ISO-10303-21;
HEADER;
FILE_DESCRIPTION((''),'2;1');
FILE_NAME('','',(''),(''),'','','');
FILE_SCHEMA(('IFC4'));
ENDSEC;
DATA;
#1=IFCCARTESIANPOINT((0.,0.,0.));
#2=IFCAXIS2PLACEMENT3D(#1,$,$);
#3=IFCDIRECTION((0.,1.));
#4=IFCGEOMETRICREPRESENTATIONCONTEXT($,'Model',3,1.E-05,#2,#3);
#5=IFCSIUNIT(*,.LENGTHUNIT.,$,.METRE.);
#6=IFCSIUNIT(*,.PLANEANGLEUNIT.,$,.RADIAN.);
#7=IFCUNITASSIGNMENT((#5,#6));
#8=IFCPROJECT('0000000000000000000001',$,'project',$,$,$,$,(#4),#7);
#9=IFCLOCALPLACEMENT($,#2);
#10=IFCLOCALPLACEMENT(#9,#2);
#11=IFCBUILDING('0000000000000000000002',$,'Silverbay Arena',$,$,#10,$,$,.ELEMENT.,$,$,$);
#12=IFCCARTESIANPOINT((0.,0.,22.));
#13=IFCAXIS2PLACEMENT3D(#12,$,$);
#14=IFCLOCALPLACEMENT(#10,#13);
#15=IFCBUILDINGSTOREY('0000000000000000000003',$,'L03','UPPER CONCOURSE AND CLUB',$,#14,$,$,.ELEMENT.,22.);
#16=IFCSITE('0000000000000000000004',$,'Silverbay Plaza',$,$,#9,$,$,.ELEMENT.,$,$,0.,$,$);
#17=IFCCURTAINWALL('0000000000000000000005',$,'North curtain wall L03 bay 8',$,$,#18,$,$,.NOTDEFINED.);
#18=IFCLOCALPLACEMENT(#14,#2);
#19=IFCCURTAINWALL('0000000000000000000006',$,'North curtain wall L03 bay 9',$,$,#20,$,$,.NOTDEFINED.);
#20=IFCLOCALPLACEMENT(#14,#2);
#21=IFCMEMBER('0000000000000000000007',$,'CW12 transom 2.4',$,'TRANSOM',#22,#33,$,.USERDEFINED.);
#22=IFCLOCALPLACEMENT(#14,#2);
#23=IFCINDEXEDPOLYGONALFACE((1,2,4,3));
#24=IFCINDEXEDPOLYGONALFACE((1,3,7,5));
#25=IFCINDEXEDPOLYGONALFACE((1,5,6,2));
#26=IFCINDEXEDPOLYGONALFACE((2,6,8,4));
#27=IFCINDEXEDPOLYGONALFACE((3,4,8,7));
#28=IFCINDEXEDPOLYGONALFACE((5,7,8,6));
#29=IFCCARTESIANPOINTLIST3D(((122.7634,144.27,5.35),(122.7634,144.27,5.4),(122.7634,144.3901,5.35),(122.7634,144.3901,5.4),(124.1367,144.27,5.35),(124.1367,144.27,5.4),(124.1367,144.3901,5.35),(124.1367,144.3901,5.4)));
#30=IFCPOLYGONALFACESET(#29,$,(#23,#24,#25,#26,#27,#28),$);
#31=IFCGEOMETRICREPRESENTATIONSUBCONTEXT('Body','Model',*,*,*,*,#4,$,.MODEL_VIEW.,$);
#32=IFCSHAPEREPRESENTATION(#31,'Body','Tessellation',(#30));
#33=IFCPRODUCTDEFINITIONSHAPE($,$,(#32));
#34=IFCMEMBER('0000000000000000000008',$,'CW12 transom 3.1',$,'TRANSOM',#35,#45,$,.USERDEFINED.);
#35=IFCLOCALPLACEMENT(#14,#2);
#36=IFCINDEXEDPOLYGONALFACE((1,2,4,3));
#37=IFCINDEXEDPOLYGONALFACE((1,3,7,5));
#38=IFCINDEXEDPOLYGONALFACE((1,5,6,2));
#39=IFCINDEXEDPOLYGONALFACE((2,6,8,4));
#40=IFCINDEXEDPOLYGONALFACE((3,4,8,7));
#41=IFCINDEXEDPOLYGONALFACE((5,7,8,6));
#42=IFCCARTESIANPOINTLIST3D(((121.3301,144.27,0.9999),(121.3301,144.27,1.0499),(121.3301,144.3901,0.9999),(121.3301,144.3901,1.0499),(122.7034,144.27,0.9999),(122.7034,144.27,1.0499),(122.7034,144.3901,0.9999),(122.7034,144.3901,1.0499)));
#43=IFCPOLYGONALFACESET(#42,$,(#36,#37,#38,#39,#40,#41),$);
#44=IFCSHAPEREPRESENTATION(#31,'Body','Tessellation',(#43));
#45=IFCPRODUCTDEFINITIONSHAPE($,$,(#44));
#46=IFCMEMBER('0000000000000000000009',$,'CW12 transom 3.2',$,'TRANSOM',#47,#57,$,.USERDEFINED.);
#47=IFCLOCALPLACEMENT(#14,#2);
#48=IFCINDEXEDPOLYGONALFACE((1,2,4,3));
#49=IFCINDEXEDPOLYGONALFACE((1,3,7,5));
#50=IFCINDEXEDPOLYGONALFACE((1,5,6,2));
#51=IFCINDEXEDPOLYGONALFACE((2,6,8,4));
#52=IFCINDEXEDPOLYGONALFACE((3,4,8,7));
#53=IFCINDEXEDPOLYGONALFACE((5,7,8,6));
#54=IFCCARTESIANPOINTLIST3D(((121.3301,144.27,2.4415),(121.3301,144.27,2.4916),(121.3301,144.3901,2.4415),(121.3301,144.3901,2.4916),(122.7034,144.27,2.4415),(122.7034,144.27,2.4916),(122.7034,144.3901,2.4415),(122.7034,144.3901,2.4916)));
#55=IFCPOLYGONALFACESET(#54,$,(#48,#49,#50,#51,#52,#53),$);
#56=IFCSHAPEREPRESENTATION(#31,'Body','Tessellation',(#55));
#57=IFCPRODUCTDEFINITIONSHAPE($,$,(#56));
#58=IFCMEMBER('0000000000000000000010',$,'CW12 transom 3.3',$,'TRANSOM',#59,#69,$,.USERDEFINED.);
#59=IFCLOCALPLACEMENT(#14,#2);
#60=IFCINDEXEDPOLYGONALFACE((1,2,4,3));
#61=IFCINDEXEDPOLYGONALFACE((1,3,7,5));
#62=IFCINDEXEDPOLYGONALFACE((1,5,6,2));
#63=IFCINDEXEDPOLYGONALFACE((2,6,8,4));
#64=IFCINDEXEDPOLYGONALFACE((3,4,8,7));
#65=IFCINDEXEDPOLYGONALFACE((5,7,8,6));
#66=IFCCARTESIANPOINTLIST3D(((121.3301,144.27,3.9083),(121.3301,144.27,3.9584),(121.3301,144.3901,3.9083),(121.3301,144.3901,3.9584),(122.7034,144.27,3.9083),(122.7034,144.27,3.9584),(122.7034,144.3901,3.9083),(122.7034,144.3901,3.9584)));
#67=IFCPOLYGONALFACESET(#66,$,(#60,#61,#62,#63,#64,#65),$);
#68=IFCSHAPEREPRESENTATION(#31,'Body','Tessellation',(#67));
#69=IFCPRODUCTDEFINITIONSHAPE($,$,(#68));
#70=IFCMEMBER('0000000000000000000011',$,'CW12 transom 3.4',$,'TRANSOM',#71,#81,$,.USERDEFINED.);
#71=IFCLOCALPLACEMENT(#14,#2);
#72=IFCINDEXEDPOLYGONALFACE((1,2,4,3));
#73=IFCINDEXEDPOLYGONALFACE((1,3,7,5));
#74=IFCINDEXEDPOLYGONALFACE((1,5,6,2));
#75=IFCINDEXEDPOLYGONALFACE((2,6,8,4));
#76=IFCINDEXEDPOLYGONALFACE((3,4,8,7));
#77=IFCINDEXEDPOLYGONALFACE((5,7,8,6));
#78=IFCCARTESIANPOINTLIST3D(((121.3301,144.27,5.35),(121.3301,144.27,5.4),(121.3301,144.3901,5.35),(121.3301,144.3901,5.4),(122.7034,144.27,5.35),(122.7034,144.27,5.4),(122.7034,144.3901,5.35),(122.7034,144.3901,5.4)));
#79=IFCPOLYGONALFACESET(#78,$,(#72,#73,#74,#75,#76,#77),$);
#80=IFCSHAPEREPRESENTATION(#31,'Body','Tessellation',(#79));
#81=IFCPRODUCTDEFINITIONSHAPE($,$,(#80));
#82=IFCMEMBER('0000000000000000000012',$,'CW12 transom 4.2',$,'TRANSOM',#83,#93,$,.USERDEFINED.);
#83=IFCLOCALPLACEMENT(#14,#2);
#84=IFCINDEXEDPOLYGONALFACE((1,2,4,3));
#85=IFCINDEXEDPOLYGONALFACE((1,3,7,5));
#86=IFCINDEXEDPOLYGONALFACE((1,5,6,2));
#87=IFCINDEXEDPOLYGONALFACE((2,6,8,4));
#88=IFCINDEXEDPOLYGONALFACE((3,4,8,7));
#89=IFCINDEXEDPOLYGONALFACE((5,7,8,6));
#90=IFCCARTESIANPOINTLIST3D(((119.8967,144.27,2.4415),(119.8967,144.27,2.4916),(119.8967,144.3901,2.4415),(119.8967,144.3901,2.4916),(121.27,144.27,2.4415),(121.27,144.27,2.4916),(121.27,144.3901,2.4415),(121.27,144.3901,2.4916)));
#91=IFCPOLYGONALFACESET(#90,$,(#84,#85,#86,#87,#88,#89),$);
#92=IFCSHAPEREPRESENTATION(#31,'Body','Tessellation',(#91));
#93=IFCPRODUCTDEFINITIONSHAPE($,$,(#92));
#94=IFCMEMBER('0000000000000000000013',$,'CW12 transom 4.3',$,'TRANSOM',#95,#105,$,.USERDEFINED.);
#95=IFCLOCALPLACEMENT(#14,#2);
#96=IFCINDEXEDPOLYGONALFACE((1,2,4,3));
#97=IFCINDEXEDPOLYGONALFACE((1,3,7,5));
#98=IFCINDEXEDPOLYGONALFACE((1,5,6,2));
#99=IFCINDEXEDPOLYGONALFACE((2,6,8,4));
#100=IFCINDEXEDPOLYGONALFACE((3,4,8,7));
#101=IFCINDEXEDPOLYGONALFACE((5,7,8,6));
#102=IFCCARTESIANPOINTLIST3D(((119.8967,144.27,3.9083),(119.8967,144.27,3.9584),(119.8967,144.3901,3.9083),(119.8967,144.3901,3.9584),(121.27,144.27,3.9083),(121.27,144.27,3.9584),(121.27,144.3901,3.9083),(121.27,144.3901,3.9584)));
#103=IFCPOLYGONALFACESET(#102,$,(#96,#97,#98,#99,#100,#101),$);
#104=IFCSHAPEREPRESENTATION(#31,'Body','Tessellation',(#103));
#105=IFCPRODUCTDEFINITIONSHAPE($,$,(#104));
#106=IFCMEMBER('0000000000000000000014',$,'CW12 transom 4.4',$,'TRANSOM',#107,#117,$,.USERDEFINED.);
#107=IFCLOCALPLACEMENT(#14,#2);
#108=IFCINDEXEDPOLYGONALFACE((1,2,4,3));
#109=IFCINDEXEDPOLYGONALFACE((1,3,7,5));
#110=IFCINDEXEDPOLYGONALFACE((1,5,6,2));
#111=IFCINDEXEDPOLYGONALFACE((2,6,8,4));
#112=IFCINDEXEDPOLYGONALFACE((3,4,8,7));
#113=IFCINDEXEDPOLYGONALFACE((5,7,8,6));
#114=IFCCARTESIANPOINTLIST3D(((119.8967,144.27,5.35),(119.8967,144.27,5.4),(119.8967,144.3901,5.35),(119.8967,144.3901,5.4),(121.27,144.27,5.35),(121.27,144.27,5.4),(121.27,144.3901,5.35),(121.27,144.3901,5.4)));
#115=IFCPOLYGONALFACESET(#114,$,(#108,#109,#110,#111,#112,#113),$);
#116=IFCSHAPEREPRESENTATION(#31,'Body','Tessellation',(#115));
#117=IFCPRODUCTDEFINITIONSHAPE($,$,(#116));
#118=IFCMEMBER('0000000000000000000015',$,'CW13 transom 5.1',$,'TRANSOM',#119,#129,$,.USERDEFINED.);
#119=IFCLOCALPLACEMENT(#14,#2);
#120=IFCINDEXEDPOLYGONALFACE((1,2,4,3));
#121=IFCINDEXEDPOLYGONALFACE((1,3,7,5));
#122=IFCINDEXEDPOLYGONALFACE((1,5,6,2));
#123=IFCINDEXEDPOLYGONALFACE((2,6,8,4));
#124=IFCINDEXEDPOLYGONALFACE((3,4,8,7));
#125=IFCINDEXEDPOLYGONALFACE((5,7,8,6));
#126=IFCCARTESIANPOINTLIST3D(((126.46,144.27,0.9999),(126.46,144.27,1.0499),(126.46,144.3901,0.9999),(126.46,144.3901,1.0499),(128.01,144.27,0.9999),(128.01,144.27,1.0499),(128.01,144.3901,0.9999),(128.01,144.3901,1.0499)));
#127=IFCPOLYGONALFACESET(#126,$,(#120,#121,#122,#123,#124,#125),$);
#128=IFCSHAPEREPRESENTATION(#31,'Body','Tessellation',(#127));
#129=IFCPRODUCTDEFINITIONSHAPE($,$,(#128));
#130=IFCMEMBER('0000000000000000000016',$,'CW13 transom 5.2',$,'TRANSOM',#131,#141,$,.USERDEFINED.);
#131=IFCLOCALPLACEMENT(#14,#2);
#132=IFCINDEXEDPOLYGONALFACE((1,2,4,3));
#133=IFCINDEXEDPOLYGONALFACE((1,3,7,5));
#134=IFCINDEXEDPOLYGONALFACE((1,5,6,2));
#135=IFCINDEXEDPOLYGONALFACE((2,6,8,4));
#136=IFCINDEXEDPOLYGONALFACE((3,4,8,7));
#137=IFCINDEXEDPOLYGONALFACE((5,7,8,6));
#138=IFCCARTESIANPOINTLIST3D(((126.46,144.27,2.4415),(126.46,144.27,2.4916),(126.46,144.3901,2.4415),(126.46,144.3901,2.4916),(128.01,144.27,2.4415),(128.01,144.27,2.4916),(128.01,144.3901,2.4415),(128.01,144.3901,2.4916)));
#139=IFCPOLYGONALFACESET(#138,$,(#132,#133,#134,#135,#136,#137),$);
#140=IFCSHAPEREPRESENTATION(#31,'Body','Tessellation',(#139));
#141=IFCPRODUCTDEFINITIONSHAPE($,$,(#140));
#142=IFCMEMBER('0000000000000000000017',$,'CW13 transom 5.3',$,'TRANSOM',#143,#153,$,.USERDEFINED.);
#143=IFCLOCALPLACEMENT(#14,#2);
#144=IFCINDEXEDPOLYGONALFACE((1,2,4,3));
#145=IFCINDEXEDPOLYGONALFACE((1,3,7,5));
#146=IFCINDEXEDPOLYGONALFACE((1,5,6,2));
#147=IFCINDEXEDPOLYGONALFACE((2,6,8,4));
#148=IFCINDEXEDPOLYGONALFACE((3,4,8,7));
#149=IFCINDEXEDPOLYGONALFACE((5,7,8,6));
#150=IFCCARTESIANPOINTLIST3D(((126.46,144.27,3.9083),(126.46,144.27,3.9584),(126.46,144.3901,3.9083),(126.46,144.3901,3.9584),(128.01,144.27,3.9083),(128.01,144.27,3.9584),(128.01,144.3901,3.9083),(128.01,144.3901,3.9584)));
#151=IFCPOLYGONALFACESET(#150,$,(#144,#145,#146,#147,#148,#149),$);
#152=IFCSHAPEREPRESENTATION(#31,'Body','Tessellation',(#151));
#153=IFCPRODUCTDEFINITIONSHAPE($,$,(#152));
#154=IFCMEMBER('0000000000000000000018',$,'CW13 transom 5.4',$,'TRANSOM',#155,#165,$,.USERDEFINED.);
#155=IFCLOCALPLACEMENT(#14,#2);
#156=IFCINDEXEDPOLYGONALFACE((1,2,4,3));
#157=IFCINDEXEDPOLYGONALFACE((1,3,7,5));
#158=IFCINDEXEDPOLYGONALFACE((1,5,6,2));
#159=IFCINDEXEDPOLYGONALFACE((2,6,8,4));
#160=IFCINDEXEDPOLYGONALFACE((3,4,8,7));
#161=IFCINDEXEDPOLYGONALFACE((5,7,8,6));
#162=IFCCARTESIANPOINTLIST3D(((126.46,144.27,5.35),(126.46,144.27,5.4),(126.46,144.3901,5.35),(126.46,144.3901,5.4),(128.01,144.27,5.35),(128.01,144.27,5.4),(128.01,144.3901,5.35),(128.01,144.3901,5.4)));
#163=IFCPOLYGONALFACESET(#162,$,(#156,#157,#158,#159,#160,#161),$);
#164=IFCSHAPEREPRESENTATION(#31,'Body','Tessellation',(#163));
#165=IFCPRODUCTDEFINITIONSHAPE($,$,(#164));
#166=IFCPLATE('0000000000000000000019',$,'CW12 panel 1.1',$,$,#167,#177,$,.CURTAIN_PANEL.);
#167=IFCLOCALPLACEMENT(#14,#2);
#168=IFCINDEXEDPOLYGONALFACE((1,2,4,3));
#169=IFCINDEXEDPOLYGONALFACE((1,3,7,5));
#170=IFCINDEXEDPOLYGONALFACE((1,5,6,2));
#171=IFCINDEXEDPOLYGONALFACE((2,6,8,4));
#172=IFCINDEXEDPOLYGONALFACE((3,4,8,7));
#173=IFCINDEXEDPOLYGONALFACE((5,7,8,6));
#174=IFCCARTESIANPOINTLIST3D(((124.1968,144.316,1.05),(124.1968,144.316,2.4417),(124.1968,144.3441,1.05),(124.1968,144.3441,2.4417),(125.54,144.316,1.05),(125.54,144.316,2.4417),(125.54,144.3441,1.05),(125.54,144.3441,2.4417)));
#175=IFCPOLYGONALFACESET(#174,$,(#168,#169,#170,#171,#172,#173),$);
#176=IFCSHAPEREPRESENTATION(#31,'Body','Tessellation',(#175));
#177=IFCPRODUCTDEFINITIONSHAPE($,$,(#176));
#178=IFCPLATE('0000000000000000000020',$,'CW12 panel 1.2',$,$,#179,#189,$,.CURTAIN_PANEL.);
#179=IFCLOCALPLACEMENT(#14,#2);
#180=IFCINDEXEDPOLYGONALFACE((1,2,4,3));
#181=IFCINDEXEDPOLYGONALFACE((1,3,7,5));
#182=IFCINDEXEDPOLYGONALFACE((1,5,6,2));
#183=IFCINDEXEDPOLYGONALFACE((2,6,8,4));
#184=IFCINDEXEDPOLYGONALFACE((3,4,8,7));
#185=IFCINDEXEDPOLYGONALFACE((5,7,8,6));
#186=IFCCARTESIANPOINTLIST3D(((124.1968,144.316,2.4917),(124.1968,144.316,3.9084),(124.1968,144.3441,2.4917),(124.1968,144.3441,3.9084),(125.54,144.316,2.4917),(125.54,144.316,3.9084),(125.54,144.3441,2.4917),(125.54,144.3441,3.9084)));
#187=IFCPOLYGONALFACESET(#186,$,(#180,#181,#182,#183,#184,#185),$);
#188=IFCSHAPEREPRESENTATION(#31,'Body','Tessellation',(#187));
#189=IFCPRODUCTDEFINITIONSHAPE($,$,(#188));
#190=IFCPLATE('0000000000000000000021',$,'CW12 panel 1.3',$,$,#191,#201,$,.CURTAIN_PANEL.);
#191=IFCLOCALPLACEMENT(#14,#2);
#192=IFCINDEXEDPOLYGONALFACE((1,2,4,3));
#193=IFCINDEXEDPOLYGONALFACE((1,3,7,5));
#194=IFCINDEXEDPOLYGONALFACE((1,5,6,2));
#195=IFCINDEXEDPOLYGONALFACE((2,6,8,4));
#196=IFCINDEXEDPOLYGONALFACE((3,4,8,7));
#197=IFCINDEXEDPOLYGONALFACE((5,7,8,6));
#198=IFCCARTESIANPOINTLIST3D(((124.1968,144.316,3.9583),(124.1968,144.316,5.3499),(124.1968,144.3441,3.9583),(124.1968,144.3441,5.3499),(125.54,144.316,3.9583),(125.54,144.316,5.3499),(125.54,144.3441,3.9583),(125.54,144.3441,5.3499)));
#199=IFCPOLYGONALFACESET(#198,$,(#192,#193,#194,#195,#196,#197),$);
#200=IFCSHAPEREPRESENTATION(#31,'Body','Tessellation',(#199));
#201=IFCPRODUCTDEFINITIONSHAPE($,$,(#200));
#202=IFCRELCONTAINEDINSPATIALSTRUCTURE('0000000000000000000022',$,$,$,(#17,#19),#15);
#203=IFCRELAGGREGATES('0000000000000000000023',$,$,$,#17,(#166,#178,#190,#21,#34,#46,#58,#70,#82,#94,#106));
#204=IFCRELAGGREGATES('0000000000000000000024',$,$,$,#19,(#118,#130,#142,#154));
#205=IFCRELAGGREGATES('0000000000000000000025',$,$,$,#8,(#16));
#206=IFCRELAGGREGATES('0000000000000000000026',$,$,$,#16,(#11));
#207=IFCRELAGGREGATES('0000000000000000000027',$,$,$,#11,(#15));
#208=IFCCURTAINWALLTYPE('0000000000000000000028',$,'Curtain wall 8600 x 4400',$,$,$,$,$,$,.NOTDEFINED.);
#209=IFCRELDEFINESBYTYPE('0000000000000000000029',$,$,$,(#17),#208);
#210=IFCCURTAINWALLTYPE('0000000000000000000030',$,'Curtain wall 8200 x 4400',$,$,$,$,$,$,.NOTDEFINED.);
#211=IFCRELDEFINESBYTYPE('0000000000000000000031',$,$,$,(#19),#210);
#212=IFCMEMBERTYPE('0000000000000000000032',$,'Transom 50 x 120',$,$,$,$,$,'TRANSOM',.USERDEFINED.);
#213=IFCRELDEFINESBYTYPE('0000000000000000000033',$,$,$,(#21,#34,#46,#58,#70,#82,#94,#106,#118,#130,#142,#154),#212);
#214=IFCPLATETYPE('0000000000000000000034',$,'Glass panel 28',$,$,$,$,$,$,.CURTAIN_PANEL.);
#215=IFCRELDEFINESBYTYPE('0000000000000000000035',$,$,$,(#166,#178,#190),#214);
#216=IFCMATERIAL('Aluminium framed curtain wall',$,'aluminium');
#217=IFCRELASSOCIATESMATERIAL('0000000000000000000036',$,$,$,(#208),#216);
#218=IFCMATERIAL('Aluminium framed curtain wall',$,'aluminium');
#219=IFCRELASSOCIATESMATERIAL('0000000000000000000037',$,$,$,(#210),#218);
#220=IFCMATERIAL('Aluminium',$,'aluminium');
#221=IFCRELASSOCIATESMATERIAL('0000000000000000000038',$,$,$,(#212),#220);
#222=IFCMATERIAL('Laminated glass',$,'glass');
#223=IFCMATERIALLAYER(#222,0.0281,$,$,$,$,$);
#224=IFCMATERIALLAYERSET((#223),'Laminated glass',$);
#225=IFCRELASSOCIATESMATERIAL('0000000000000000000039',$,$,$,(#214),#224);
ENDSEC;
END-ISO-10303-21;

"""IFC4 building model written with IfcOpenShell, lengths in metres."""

from ifc_helpers import new_model, si_unit, direction, frame, origin, origin_2d, place, context, subcontext, project, spatial, rectangle, extrude, material, layer, layer_set, material_profile, profile_set, type_object, element, aggregate, save


model = new_model("IFC4")

# Units and contexts
model_context = context("Model", 3, precision=1e-05, world=origin(), true_north=direction((0.0, 1.0)))
body_context = subcontext(model_context, "Body", "Model", "MODEL_VIEW")
ifc_project = project(units=[si_unit("LENGTHUNIT", "METRE"), si_unit("PLANEANGLEUNIT", "RADIAN")], contexts=[model_context])

# Site, building, storey
site_placement = place(None, origin())
site = spatial("IfcSite", under=ifc_project, at=site_placement, Name="Silverbay Plaza", CompositionType="ELEMENT", RefElevation=0.0)
building_placement = place(site_placement, origin())
building = spatial("IfcBuilding", under=site, at=building_placement, Name="Silverbay Arena", CompositionType="ELEMENT")
storey_placement = place(building_placement, frame((0.0, 0.0, 22.0)))
storey = spatial("IfcBuildingStorey", under=building, at=storey_placement, Name="L03", Description="UPPER CONCOURSE AND CLUB", CompositionType="ELEMENT", Elevation=22.0)

# Curtain walls
ifc_material_1 = material(Name="Aluminium framed curtain wall", Category="aluminium")
curtain_wall_type_1 = type_object("IfcCurtainWallType", Name="Curtain wall 8600 x 4400", PredefinedType="NOTDEFINED", material=ifc_material_1)
curtain_wall_1_placement = place(storey_placement, origin())
curtain_wall_1 = element("IfcCurtainWall", 1, at=curtain_wall_1_placement, inside=storey, type_object=curtain_wall_type_1, Name="North curtain wall L03 bay 8", PredefinedType="NOTDEFINED")
ifc_material_2 = material(Name="Aluminium framed curtain wall", Category="aluminium")
curtain_wall_type_2 = type_object("IfcCurtainWallType", Name="Curtain wall 8200 x 4400", PredefinedType="NOTDEFINED", material=ifc_material_2)
curtain_wall_2_placement = place(storey_placement, origin())
curtain_wall_2 = element("IfcCurtainWall", 2, at=curtain_wall_2_placement, inside=storey, type_object=curtain_wall_type_2, Name="North curtain wall L03 bay 9", PredefinedType="NOTDEFINED")

# Members
ifc_material_3 = material(Name="Aluminium", Category="aluminium")
ifc_material_profile_1 = material_profile(ifc_material_3, rectangle(XDim=0.1201, YDim=0.05, at=origin_2d()), Name="Transom 50 x 120")
ifc_profile_set_1 = profile_set([ifc_material_profile_1], Name="Aluminium")
member_type_1 = type_object("IfcMemberType", Name="Transom 50 x 120", ElementType="TRANSOM", PredefinedType="USERDEFINED", material=ifc_profile_set_1)
member_1_placement = place(storey_placement, frame((124.1367, 144.3301, 5.375), z_axis=(-1.0, 0.0, 0.0), x_axis=(0.0, -1.0, 0.0)))
member_1 = element("IfcMember", 3, at=member_1_placement, type_object=member_type_1, Name="CW12 transom 2.4", ObjectType="TRANSOM", PredefinedType="USERDEFINED", context=body_context, shape_type="SweptSolid", body=[
    extrude(rectangle(XDim=0.1201, YDim=0.05, at=origin_2d()), origin(), (0.0, 0.0, 1.0), 1.3733),
])
member_2_placement = place(storey_placement, frame((122.7034, 144.3301, 1.0249), z_axis=(-1.0, 0.0, 0.0), x_axis=(0.0, -1.0, 0.0)))
member_2 = element("IfcMember", 4, at=member_2_placement, type_object=member_type_1, Name="CW12 transom 3.1", ObjectType="TRANSOM", PredefinedType="USERDEFINED", context=body_context, shape_type="SweptSolid", body=[
    extrude(rectangle(XDim=0.1201, YDim=0.05, at=origin_2d()), origin(), (0.0, 0.0, 1.0), 1.3733),
])
member_3_placement = place(storey_placement, frame((122.7034, 144.3301, 2.4666), z_axis=(-1.0, 0.0, 0.0), x_axis=(0.0, -1.0, 0.0)))
member_3 = element("IfcMember", 5, at=member_3_placement, type_object=member_type_1, Name="CW12 transom 3.2", ObjectType="TRANSOM", PredefinedType="USERDEFINED", context=body_context, shape_type="SweptSolid", body=[
    extrude(rectangle(XDim=0.1201, YDim=0.05, at=origin_2d()), origin(), (0.0, 0.0, 1.0), 1.3733),
])
member_4_placement = place(storey_placement, frame((122.7034, 144.3301, 3.9333), z_axis=(-1.0, 0.0, 0.0), x_axis=(0.0, -1.0, 0.0)))
member_4 = element("IfcMember", 6, at=member_4_placement, type_object=member_type_1, Name="CW12 transom 3.3", ObjectType="TRANSOM", PredefinedType="USERDEFINED", context=body_context, shape_type="SweptSolid", body=[
    extrude(rectangle(XDim=0.1201, YDim=0.05, at=origin_2d()), origin(), (0.0, 0.0, 1.0), 1.3733),
])
member_5_placement = place(storey_placement, frame((122.7034, 144.3301, 5.375), z_axis=(-1.0, 0.0, 0.0), x_axis=(0.0, -1.0, 0.0)))
member_5 = element("IfcMember", 7, at=member_5_placement, type_object=member_type_1, Name="CW12 transom 3.4", ObjectType="TRANSOM", PredefinedType="USERDEFINED", context=body_context, shape_type="SweptSolid", body=[
    extrude(rectangle(XDim=0.1201, YDim=0.05, at=origin_2d()), origin(), (0.0, 0.0, 1.0), 1.3733),
])
member_6_placement = place(storey_placement, frame((121.27, 144.3301, 2.4666), z_axis=(-1.0, 0.0, 0.0), x_axis=(0.0, -1.0, 0.0)))
member_6 = element("IfcMember", 8, at=member_6_placement, type_object=member_type_1, Name="CW12 transom 4.2", ObjectType="TRANSOM", PredefinedType="USERDEFINED", context=body_context, shape_type="SweptSolid", body=[
    extrude(rectangle(XDim=0.1201, YDim=0.05, at=origin_2d()), origin(), (0.0, 0.0, 1.0), 1.3733),
])
member_7_placement = place(storey_placement, frame((121.27, 144.3301, 3.9333), z_axis=(-1.0, 0.0, 0.0), x_axis=(0.0, -1.0, 0.0)))
member_7 = element("IfcMember", 9, at=member_7_placement, type_object=member_type_1, Name="CW12 transom 4.3", ObjectType="TRANSOM", PredefinedType="USERDEFINED", context=body_context, shape_type="SweptSolid", body=[
    extrude(rectangle(XDim=0.1201, YDim=0.05, at=origin_2d()), origin(), (0.0, 0.0, 1.0), 1.3733),
])
member_8_placement = place(storey_placement, frame((121.27, 144.3301, 5.375), z_axis=(-1.0, 0.0, 0.0), x_axis=(0.0, -1.0, 0.0)))
member_8 = element("IfcMember", 10, at=member_8_placement, type_object=member_type_1, Name="CW12 transom 4.4", ObjectType="TRANSOM", PredefinedType="USERDEFINED", context=body_context, shape_type="SweptSolid", body=[
    extrude(rectangle(XDim=0.1201, YDim=0.05, at=origin_2d()), origin(), (0.0, 0.0, 1.0), 1.3733),
])
member_9_placement = place(storey_placement, frame((128.01, 144.3301, 1.0249), z_axis=(-1.0, 0.0, 0.0), x_axis=(0.0, -1.0, 0.0)))
member_9 = element("IfcMember", 11, at=member_9_placement, type_object=member_type_1, Name="CW13 transom 5.1", ObjectType="TRANSOM", PredefinedType="USERDEFINED", context=body_context, shape_type="SweptSolid", body=[
    extrude(rectangle(XDim=0.1201, YDim=0.05, at=origin_2d()), origin(), (0.0, 0.0, 1.0), 1.55),
])
member_10_placement = place(storey_placement, frame((128.01, 144.3301, 2.4666), z_axis=(-1.0, 0.0, 0.0), x_axis=(0.0, -1.0, 0.0)))
member_10 = element("IfcMember", 12, at=member_10_placement, type_object=member_type_1, Name="CW13 transom 5.2", ObjectType="TRANSOM", PredefinedType="USERDEFINED", context=body_context, shape_type="SweptSolid", body=[
    extrude(rectangle(XDim=0.1201, YDim=0.05, at=origin_2d()), origin(), (0.0, 0.0, 1.0), 1.55),
])
member_11_placement = place(storey_placement, frame((128.01, 144.3301, 3.9333), z_axis=(-1.0, 0.0, 0.0), x_axis=(0.0, -1.0, 0.0)))
member_11 = element("IfcMember", 13, at=member_11_placement, type_object=member_type_1, Name="CW13 transom 5.3", ObjectType="TRANSOM", PredefinedType="USERDEFINED", context=body_context, shape_type="SweptSolid", body=[
    extrude(rectangle(XDim=0.1201, YDim=0.05, at=origin_2d()), origin(), (0.0, 0.0, 1.0), 1.55),
])
member_12_placement = place(storey_placement, frame((128.01, 144.3301, 5.375), z_axis=(-1.0, 0.0, 0.0), x_axis=(0.0, -1.0, 0.0)))
member_12 = element("IfcMember", 14, at=member_12_placement, type_object=member_type_1, Name="CW13 transom 5.4", ObjectType="TRANSOM", PredefinedType="USERDEFINED", context=body_context, shape_type="SweptSolid", body=[
    extrude(rectangle(XDim=0.1201, YDim=0.05, at=origin_2d()), origin(), (0.0, 0.0, 1.0), 1.55),
])

# Plates
ifc_material_4 = material(Name="Laminated glass", Category="glass")
ifc_layer_1 = layer(ifc_material_4, 0.0281)
ifc_layer_set_1 = layer_set([ifc_layer_1], Name="Laminated glass")
plate_type = type_object("IfcPlateType", Name="Glass panel 28", PredefinedType="CURTAIN_PANEL", material=ifc_layer_set_1)
plate_1_placement = place(storey_placement, frame((124.8684, 144.3301, 1.05), z_axis=(0.0, 0.0, 1.0), x_axis=(-1.0, 0.0, 0.0)))
plate_1 = element("IfcPlate", 15, at=plate_1_placement, type_object=plate_type, Name="CW12 panel 1.1", PredefinedType="CURTAIN_PANEL", context=body_context, shape_type="SweptSolid", body=[
    extrude(rectangle(XDim=1.3433, YDim=0.0281, at=origin_2d()), origin(), (0.0, 0.0, 1.0), 1.3916),
])
plate_2_placement = place(storey_placement, frame((124.8684, 144.3301, 2.4917), z_axis=(0.0, 0.0, 1.0), x_axis=(-1.0, 0.0, 0.0)))
plate_2 = element("IfcPlate", 16, at=plate_2_placement, type_object=plate_type, Name="CW12 panel 1.2", PredefinedType="CURTAIN_PANEL", context=body_context, shape_type="SweptSolid", body=[
    extrude(rectangle(XDim=1.3433, YDim=0.0281, at=origin_2d()), origin(), (0.0, 0.0, 1.0), 1.4167),
])
plate_3_placement = place(storey_placement, frame((124.8684, 144.3301, 3.9583), z_axis=(0.0, 0.0, 1.0), x_axis=(-1.0, 0.0, 0.0)))
plate_3 = element("IfcPlate", 17, at=plate_3_placement, type_object=plate_type, Name="CW12 panel 1.3", PredefinedType="CURTAIN_PANEL", context=body_context, shape_type="SweptSolid", body=[
    extrude(rectangle(XDim=1.3433, YDim=0.0281, at=origin_2d()), origin(), (0.0, 0.0, 1.0), 1.3916),
])
aggregate(curtain_wall_1, [plate_1, plate_2, plate_3, member_1, member_2, member_3, member_4, member_5, member_6, member_7, member_8])
aggregate(curtain_wall_2, [member_9, member_10, member_11, member_12])

save(model, "model.ifc")
